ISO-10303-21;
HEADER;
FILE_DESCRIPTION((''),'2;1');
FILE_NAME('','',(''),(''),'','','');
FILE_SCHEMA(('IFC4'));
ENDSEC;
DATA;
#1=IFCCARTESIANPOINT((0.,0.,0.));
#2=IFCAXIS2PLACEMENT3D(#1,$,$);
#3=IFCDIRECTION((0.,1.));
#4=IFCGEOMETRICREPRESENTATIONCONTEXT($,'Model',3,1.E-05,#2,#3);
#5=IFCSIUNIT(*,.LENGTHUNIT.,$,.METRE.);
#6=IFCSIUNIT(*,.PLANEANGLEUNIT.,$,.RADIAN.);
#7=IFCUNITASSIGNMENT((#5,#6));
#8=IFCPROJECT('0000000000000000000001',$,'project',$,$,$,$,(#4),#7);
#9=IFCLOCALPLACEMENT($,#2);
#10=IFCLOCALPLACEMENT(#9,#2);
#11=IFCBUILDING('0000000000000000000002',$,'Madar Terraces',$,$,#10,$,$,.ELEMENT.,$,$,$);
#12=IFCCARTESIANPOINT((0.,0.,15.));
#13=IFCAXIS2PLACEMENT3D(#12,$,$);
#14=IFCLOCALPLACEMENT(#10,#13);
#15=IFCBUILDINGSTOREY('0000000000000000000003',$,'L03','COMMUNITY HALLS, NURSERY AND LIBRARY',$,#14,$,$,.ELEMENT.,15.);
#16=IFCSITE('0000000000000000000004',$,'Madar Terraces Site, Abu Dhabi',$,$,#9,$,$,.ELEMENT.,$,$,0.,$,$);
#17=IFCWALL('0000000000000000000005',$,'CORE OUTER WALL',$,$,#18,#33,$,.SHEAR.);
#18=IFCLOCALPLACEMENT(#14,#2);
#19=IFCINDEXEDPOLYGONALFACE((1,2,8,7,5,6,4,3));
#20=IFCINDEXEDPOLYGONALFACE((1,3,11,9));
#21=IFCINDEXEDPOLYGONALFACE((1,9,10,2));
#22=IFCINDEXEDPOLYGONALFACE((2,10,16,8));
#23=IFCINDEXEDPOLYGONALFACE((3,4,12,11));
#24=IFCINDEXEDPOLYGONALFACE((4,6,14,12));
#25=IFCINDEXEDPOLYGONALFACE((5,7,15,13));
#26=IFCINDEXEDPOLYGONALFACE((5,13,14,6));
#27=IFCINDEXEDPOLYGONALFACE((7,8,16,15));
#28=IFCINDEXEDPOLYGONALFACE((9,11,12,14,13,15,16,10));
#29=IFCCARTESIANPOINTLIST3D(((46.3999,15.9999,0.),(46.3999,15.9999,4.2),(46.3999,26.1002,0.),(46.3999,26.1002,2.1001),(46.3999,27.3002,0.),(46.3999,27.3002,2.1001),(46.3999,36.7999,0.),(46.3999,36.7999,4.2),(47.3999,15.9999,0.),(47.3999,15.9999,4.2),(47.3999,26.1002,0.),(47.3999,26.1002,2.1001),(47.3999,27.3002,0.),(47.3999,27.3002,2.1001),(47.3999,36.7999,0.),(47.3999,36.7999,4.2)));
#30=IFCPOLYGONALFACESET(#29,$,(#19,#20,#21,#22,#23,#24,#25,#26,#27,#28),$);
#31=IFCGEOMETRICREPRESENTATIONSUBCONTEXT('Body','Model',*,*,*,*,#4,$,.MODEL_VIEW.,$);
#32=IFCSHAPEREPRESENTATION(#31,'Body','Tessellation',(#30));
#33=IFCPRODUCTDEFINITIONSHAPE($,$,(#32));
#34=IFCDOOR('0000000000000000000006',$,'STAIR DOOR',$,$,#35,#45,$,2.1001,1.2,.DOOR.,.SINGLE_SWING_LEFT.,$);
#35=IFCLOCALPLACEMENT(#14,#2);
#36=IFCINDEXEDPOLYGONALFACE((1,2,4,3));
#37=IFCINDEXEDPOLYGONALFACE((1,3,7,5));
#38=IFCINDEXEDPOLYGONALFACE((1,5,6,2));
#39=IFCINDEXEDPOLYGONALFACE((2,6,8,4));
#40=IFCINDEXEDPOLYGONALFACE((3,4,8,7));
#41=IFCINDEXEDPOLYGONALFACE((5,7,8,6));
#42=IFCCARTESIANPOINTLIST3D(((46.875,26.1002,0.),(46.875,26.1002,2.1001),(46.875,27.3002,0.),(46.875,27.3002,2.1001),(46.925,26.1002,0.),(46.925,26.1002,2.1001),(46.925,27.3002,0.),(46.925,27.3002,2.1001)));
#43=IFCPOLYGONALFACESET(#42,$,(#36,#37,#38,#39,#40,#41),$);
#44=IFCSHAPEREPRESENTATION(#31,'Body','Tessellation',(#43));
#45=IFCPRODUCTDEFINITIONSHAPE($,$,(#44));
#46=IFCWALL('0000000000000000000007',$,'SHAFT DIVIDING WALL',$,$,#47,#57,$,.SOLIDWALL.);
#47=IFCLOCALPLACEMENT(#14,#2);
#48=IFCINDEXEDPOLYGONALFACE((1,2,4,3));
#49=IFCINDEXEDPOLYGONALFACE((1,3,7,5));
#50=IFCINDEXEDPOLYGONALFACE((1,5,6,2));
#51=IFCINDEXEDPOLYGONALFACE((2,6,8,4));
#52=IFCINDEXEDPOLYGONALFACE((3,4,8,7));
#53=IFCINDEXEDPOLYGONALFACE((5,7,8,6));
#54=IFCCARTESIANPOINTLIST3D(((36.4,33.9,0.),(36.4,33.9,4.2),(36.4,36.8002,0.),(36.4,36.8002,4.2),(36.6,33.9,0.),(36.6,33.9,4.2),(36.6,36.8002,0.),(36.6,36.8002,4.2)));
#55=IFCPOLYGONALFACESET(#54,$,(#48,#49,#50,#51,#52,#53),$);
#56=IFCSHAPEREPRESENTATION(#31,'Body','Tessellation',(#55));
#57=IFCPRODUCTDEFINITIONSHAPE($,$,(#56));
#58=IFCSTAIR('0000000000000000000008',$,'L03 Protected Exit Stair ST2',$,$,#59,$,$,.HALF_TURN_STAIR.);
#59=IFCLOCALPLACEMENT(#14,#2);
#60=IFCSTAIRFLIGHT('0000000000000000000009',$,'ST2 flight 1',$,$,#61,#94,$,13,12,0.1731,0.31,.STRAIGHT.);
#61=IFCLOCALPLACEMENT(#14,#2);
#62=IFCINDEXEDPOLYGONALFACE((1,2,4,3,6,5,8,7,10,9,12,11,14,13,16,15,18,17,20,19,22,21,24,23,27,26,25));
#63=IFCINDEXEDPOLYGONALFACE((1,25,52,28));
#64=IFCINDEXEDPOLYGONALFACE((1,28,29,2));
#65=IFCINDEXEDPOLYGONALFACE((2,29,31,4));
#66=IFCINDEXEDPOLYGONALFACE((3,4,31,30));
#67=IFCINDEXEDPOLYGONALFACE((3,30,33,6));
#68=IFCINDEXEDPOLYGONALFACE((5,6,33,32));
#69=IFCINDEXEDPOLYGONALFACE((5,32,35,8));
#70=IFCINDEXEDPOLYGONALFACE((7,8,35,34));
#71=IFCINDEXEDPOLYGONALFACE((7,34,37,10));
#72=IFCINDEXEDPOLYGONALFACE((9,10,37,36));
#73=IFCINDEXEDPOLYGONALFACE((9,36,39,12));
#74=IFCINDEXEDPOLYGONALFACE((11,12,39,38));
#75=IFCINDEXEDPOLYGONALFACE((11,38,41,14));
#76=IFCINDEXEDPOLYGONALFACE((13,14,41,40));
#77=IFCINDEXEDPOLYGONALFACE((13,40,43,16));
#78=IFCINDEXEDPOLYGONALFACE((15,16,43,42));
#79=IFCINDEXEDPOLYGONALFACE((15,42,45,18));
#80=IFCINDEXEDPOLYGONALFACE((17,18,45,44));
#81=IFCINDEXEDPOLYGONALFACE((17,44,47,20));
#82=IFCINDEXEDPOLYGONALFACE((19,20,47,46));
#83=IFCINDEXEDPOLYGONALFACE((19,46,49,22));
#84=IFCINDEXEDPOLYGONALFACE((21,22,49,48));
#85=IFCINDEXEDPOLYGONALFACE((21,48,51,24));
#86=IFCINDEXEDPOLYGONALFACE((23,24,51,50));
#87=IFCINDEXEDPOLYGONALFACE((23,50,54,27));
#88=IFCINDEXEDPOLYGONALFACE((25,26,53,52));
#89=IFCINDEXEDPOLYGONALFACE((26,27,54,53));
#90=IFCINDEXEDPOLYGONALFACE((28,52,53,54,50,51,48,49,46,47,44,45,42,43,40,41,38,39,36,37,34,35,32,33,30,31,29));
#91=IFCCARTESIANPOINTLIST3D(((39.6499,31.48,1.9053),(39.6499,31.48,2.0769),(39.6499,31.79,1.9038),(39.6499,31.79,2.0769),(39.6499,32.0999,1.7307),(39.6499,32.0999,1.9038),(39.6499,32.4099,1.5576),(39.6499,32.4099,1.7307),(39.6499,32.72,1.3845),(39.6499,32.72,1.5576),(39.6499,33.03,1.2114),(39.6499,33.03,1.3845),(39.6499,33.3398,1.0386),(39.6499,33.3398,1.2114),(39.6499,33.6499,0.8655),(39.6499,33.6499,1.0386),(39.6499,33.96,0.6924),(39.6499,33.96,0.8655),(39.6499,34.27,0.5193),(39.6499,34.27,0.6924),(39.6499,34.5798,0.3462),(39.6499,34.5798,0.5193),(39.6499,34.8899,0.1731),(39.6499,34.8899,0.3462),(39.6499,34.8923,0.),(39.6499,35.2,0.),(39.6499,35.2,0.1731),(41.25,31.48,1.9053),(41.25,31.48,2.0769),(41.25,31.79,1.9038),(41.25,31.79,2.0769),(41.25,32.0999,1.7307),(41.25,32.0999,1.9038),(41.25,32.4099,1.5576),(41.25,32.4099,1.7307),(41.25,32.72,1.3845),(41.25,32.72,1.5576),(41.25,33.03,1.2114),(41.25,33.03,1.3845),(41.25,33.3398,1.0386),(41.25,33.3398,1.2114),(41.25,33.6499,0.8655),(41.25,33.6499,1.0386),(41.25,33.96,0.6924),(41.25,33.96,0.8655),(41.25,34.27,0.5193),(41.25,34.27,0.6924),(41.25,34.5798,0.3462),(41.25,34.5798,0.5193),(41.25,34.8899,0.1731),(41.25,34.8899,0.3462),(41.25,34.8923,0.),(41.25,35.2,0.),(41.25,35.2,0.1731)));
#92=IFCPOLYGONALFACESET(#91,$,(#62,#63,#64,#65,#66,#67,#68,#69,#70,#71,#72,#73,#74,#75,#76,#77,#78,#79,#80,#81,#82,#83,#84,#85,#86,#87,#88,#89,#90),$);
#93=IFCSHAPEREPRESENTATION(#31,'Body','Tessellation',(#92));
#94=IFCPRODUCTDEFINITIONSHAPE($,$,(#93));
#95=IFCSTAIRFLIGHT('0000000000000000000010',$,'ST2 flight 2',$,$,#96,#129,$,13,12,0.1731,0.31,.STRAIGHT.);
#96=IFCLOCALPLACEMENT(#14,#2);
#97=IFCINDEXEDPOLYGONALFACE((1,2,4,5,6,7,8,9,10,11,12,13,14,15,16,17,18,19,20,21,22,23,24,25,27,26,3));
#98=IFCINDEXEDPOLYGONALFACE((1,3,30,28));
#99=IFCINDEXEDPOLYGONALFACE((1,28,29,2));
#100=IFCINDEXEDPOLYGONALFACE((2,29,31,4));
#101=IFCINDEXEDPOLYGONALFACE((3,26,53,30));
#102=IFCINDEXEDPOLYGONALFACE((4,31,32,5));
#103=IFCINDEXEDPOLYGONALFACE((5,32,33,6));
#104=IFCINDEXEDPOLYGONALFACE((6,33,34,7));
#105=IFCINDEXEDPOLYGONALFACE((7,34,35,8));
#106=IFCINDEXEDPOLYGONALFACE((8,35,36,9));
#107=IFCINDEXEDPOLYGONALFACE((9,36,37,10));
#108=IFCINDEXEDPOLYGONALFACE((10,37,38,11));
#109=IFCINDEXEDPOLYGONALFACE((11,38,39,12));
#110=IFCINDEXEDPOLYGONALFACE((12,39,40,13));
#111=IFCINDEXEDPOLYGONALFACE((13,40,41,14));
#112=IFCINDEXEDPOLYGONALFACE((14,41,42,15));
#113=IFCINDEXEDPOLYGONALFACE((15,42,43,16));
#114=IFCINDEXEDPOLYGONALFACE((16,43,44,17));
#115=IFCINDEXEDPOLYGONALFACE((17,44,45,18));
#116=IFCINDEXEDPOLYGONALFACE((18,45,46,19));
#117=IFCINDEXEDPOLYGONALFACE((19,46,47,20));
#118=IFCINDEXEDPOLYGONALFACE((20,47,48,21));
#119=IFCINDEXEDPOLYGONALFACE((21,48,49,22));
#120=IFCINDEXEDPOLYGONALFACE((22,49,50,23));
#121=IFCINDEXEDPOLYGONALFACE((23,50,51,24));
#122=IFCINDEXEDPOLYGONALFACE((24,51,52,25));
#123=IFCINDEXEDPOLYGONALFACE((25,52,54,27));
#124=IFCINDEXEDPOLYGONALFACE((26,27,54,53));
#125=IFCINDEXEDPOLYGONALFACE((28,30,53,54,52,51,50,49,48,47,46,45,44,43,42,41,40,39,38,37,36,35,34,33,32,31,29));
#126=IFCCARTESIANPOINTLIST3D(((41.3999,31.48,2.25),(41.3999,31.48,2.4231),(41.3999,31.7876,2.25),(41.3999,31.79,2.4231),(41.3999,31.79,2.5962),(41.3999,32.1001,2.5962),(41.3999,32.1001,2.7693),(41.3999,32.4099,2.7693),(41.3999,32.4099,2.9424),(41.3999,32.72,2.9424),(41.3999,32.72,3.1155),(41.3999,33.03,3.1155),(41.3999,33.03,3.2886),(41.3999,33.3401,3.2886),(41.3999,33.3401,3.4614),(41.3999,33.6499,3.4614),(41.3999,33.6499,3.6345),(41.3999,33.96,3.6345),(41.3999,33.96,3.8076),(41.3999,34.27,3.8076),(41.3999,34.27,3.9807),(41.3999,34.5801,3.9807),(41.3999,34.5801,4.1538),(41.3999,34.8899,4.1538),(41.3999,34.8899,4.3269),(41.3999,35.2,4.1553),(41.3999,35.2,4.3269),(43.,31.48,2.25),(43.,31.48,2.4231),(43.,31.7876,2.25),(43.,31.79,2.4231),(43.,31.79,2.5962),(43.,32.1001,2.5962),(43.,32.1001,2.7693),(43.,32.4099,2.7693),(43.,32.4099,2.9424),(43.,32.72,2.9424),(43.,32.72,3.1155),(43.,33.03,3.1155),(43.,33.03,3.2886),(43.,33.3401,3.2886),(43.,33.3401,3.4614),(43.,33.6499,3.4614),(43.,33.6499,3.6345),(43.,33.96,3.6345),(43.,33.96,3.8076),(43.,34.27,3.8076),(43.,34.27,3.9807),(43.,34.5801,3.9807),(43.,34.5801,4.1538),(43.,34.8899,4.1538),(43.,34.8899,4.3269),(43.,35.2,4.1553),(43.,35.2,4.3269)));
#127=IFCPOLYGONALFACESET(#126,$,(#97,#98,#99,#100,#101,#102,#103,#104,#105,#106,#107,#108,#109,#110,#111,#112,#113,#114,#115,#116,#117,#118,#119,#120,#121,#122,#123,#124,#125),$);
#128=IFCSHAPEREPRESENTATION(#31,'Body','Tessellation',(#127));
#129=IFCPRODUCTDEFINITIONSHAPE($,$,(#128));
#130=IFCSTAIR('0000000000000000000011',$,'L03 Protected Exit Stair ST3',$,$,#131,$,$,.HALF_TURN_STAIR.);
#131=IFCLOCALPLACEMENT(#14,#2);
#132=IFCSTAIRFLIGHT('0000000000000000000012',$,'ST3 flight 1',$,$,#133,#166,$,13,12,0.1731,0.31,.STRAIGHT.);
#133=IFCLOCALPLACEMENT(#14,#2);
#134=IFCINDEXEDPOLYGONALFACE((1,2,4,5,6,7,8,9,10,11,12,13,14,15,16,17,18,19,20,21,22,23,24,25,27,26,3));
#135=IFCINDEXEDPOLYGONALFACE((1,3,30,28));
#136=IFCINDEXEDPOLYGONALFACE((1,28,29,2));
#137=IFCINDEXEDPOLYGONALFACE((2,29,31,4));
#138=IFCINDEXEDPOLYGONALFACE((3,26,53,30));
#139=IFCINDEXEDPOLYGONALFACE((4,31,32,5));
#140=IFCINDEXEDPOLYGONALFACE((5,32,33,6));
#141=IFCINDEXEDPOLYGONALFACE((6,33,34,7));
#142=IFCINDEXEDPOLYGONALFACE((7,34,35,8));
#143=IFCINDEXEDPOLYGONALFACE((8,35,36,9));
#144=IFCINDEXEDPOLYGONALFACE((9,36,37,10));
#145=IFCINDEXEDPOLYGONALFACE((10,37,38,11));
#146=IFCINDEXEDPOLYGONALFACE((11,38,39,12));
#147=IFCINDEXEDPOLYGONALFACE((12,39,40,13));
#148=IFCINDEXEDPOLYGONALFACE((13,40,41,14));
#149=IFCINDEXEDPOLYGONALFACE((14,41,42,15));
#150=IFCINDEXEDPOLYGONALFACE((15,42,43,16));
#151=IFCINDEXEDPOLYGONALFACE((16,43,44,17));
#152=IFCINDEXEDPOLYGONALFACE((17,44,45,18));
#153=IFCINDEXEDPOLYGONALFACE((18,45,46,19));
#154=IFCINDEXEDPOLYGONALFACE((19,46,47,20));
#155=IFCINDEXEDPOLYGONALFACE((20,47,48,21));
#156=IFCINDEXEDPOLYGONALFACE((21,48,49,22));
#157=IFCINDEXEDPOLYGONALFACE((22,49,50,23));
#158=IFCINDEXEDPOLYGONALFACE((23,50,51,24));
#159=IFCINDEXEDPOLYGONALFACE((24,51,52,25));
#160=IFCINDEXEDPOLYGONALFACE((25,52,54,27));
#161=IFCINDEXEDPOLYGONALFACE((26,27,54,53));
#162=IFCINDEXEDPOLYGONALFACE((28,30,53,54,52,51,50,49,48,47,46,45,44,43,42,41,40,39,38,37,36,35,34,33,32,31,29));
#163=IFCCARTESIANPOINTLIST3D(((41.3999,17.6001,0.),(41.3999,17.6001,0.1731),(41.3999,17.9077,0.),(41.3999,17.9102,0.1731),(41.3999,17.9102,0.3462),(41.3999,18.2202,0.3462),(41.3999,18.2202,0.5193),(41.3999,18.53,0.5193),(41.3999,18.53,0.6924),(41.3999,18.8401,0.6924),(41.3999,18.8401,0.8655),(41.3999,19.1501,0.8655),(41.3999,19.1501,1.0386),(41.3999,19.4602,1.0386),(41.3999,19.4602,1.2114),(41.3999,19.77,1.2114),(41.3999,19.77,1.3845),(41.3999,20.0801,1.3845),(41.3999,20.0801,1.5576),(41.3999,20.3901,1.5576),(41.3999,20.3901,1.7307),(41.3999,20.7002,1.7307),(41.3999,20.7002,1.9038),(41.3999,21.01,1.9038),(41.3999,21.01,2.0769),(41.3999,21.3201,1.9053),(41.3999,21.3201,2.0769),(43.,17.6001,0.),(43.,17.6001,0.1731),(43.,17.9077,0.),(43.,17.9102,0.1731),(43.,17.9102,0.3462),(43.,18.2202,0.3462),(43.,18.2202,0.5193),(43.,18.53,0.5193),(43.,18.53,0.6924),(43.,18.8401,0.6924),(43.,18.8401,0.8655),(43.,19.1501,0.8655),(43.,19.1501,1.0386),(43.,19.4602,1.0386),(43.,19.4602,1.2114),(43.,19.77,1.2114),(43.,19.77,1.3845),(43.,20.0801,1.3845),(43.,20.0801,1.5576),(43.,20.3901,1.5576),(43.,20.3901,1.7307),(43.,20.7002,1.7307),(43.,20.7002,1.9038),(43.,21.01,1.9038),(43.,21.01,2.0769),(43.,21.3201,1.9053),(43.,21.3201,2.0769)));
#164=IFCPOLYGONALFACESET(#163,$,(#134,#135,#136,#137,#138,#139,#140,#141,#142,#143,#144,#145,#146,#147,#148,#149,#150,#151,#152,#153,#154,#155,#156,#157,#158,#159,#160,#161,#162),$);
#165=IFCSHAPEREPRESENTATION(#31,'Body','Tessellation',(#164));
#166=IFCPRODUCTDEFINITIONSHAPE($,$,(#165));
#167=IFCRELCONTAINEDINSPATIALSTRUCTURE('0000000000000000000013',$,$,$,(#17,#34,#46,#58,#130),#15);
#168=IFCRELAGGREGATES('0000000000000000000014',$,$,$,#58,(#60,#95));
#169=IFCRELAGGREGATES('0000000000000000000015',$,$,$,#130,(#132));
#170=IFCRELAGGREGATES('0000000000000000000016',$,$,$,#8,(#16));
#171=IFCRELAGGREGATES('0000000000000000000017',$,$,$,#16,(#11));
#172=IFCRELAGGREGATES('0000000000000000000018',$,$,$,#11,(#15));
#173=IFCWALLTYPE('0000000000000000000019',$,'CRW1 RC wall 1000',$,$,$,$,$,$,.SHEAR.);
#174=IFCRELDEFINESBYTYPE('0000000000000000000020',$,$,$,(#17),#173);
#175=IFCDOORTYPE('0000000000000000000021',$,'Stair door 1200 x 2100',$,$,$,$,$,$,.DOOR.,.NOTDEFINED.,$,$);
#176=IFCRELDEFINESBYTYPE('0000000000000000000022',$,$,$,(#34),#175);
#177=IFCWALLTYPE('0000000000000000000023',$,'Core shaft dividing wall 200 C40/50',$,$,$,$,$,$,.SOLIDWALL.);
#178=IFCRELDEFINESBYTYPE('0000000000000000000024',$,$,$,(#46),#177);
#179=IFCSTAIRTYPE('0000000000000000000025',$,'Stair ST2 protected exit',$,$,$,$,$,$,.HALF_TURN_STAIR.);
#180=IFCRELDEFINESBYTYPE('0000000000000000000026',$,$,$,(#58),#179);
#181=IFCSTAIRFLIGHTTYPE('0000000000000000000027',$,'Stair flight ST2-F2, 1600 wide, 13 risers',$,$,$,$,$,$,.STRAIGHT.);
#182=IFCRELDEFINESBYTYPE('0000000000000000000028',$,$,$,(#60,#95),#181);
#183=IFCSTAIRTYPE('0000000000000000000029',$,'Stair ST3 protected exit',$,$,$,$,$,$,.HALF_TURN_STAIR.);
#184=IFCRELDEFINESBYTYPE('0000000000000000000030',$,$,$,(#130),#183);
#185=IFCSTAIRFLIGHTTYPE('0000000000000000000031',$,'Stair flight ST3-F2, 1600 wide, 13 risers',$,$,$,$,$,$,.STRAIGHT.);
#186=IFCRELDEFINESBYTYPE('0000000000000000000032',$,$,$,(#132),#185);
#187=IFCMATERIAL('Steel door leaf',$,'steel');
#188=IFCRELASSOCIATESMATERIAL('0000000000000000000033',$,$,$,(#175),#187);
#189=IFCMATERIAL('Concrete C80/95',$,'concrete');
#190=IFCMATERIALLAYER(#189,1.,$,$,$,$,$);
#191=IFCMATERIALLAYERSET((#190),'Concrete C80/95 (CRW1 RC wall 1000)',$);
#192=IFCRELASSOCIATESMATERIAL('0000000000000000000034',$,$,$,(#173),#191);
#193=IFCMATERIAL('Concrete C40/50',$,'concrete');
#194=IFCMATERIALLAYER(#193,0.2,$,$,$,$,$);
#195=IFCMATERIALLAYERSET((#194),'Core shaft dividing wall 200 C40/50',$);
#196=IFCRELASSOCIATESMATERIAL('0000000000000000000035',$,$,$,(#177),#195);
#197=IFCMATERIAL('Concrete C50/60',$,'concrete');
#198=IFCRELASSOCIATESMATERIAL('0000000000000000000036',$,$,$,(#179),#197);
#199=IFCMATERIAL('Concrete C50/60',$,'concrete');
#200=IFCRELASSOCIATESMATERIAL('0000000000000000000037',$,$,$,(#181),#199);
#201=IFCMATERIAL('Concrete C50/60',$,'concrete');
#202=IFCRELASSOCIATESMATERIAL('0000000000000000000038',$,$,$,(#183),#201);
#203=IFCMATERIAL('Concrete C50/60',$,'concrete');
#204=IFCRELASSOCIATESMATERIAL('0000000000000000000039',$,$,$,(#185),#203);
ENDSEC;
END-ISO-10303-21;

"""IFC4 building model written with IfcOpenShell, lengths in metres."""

from ifc_helpers import new_model, si_unit, direction, frame, frame_2d, origin, place, context, subcontext, project, spatial, polyline, rectangle, outline, extrude, material, layer, layer_set, type_object, element, fill, aggregate, save


model = new_model("IFC4")

# Units and contexts
model_context = context("Model", 3, precision=1e-05, world=origin(), true_north=direction((0.0, 1.0)))
body_context = subcontext(model_context, "Body", "Model", "MODEL_VIEW")
ifc_project = project(units=[si_unit("LENGTHUNIT", "METRE"), si_unit("PLANEANGLEUNIT", "RADIAN")], contexts=[model_context])

# Site, building, storey
site_placement = place(None, origin())
site = spatial("IfcSite", under=ifc_project, at=site_placement, Name="Madar Terraces Site, Abu Dhabi", CompositionType="ELEMENT", RefElevation=0.0)
building_placement = place(site_placement, origin())
building = spatial("IfcBuilding", under=site, at=building_placement, Name="Madar Terraces", CompositionType="ELEMENT")
storey_placement = place(building_placement, frame((0.0, 0.0, 15.0)))
storey = spatial("IfcBuildingStorey", under=building, at=storey_placement, Name="L03", Description="COMMUNITY HALLS, NURSERY AND LIBRARY", CompositionType="ELEMENT", Elevation=15.0)

# Shared definitions
ifc_material_1 = material(Name="Steel door leaf", Category="steel")
door_type_1 = type_object("IfcDoorType", Name="Stair door 1200 x 2100", OperationType="NOTDEFINED", PredefinedType="DOOR", material=ifc_material_1)

# Wall, opening, door
ifc_material_2 = material(Name="Concrete C80/95", Category="concrete")
ifc_layer_1 = layer(ifc_material_2, 1.0)
ifc_layer_set_1 = layer_set([ifc_layer_1], Name="Concrete C80/95 (CRW1 RC wall 1000)")
wall_type_1 = type_object("IfcWallType", Name="CRW1 RC wall 1000", PredefinedType="SHEAR", material=ifc_layer_set_1)
wall_1_placement = place(storey_placement, frame((46.8999, 16.0, 0.0), z_axis=(0.0, 0.0, 1.0), x_axis=(0.0, 1.0, 0.0)))
wall_1 = element("IfcWall", 1, at=wall_1_placement, inside=storey, type_object=wall_type_1, Name="CORE OUTER WALL", PredefinedType="SHEAR", context=body_context, shape_type="SweptSolid", body=[
    extrude(rectangle(XDim=20.8, YDim=1.0, at=frame_2d((10.3999, 0.0))), origin(), (0.0, 0.0, 1.0), 4.2),
])
opening_1_placement = place(wall_1_placement, frame((10.1001, 0.0, 0.0)))
opening_1 = element("IfcOpeningElement", 2, at=opening_1_placement, cuts=wall_1, PredefinedType="OPENING", context=body_context, shape_type="SweptSolid", body=[
    extrude(rectangle(XDim=1.2, YDim=2.1001, at=frame_2d((0.6001, 1.05))), frame((0.0, 0.51, 0.0), z_axis=(0.0, -1.0, 0.0), x_axis=(1.0, 0.0, 0.0)), (0.0, 0.0, 1.0), 1.02),
])
door_1_placement = place(opening_1_placement, origin())
door_1 = element("IfcDoor", 3, at=door_1_placement, inside=storey, type_object=door_type_1, Name="STAIR DOOR", OperationType="SINGLE_SWING_LEFT", OverallHeight=2.1001, OverallWidth=1.2, PredefinedType="DOOR", context=body_context, shape_type="SweptSolid", body=[
    extrude(rectangle(XDim=1.2, YDim=2.1001, at=frame_2d((0.6001, 1.05))), frame((0.0, 0.0249, 0.0), z_axis=(0.0, -1.0, 0.0), x_axis=(1.0, 0.0, 0.0)), (0.0, 0.0, 1.0), 0.05),
])
fill(opening_1, door_1)

# Wall
ifc_material_3 = material(Name="Concrete C40/50", Category="concrete")
ifc_layer_2 = layer(ifc_material_3, 0.2)
ifc_layer_set_2 = layer_set([ifc_layer_2], Name="Core shaft dividing wall 200 C40/50")
wall_type_2 = type_object("IfcWallType", Name="Core shaft dividing wall 200 C40/50", PredefinedType="SOLIDWALL", material=ifc_layer_set_2)
wall_2_placement = place(storey_placement, frame((36.5, 33.8999, 0.0), z_axis=(0.0, 0.0, 1.0), x_axis=(0.0, 1.0, 0.0)))
element("IfcWall", 4, at=wall_2_placement, inside=storey, type_object=wall_type_2, Name="SHAFT DIVIDING WALL", PredefinedType="SOLIDWALL", context=body_context, shape_type="SweptSolid", body=[
    extrude(rectangle(XDim=2.9001, YDim=0.2, at=frame_2d((1.4502, 0.0))), origin(), (0.0, 0.0, 1.0), 4.2),
])

# Stairs, stair flights
ifc_material_4 = material(Name="Concrete C50/60", Category="concrete")
stair_type_1 = type_object("IfcStairType", Name="Stair ST2 protected exit", PredefinedType="HALF_TURN_STAIR", material=ifc_material_4)
stair_1_placement = place(storey_placement, origin())
stair_1 = element("IfcStair", 5, at=stair_1_placement, inside=storey, type_object=stair_type_1, Name="L03 Protected Exit Stair ST2", PredefinedType="HALF_TURN_STAIR")
ifc_material_5 = material(Name="Concrete C50/60", Category="concrete")
stair_flight_type_1 = type_object("IfcStairFlightType", Name="Stair flight ST2-F2, 1600 wide, 13 risers", PredefinedType="STRAIGHT", material=ifc_material_5)
stair_flight_1_placement = place(storey_placement, frame((40.45, 35.2, 0.0), z_axis=(0.0, 0.0, 1.0), x_axis=(0.0, -1.0, 0.0)))
stair_flight_1 = element("IfcStairFlight", 6, at=stair_flight_1_placement, type_object=stair_flight_type_1, Name="ST2 flight 1", NumberOfRisers=13, NumberOfTreads=12, PredefinedType="STRAIGHT", RiserHeight=0.1731, TreadLength=0.31, context=body_context, shape_type="SweptSolid", body=[
    extrude(outline(polyline([(0.0, 0.0), (0.0, 0.1731), (0.3101, 0.1731), (0.3101, 0.3462), (0.6201, 0.3462), (0.6201, 0.5193), (0.9299, 0.5193), (0.9299, 0.6924), (1.24, 0.6924), (1.24, 0.8655), (1.55, 0.8655), (1.55, 1.0386), (1.8601, 1.0386), (1.8601, 1.2114), (2.1699, 1.2114), (2.1699, 1.3845), (2.48, 1.3845), (2.48, 1.5576), (2.79, 1.5576), (2.79, 1.7307), (3.1001, 1.7307), (3.1001, 1.9038), (3.4099, 1.9038), (3.4099, 2.0769), (3.72, 2.0769), (3.72, 2.25), (3.72, 1.9053), (0.3076, 0.0), (0.0, 0.0)])), frame((0.0, 0.8, 0.0), z_axis=(0.0, -1.0, 0.0), x_axis=(1.0, 0.0, 0.0)), (0.0, 0.0, 1.0), 1.6001),
])
stair_flight_2_placement = place(storey_placement, frame((42.2, 31.48, 2.25), z_axis=(0.0, 0.0, 1.0), x_axis=(0.0, 1.0, 0.0)))
stair_flight_2 = element("IfcStairFlight", 7, at=stair_flight_2_placement, type_object=stair_flight_type_1, Name="ST2 flight 2", NumberOfRisers=13, NumberOfTreads=12, PredefinedType="STRAIGHT", RiserHeight=0.1731, TreadLength=0.31, context=body_context, shape_type="SweptSolid", body=[
    extrude(outline(polyline([(0.0, 0.0), (0.0, 0.1731), (0.3101, 0.1731), (0.3101, 0.3462), (0.6201, 0.3462), (0.6201, 0.5193), (0.9299, 0.5193), (0.9299, 0.6924), (1.24, 0.6924), (1.24, 0.8655), (1.55, 0.8655), (1.55, 1.0386), (1.8601, 1.0386), (1.8601, 1.2114), (2.1699, 1.2114), (2.1699, 1.3845), (2.48, 1.3845), (2.48, 1.5576), (2.79, 1.5576), (2.79, 1.7307), (3.1001, 1.7307), (3.1001, 1.9038), (3.4099, 1.9038), (3.4099, 2.0769), (3.72, 2.0769), (3.72, 2.25), (3.72, 1.9053), (0.3076, 0.0), (0.0, 0.0)])), frame((0.0, 0.8, 0.0), z_axis=(0.0, -1.0, 0.0), x_axis=(1.0, 0.0, 0.0)), (0.0, 0.0, 1.0), 1.6001),
])
aggregate(stair_1, [stair_flight_1, stair_flight_2])
ifc_material_6 = material(Name="Concrete C50/60", Category="concrete")
stair_type_2 = type_object("IfcStairType", Name="Stair ST3 protected exit", PredefinedType="HALF_TURN_STAIR", material=ifc_material_6)
stair_2_placement = place(storey_placement, origin())
stair_2 = element("IfcStair", 8, at=stair_2_placement, inside=storey, type_object=stair_type_2, Name="L03 Protected Exit Stair ST3", PredefinedType="HALF_TURN_STAIR")
ifc_material_7 = material(Name="Concrete C50/60", Category="concrete")
stair_flight_type_2 = type_object("IfcStairFlightType", Name="Stair flight ST3-F2, 1600 wide, 13 risers", PredefinedType="STRAIGHT", material=ifc_material_7)
stair_flight_3_placement = place(storey_placement, frame((42.2, 17.6001, 0.0), z_axis=(0.0, 0.0, 1.0), x_axis=(0.0, 1.0, 0.0)))
stair_flight_3 = element("IfcStairFlight", 9, at=stair_flight_3_placement, type_object=stair_flight_type_2, Name="ST3 flight 1", NumberOfRisers=13, NumberOfTreads=12, PredefinedType="STRAIGHT", RiserHeight=0.1731, TreadLength=0.31, context=body_context, shape_type="SweptSolid", body=[
    extrude(outline(polyline([(0.0, 0.0), (0.0, 0.1731), (0.3101, 0.1731), (0.3101, 0.3462), (0.6201, 0.3462), (0.6201, 0.5193), (0.9299, 0.5193), (0.9299, 0.6924), (1.24, 0.6924), (1.24, 0.8655), (1.55, 0.8655), (1.55, 1.0386), (1.8601, 1.0386), (1.8601, 1.2114), (2.1699, 1.2114), (2.1699, 1.3845), (2.48, 1.3845), (2.48, 1.5576), (2.79, 1.5576), (2.79, 1.7307), (3.1001, 1.7307), (3.1001, 1.9038), (3.4099, 1.9038), (3.4099, 2.0769), (3.72, 2.0769), (3.72, 2.25), (3.72, 1.9053), (0.3076, 0.0), (0.0, 0.0)])), frame((0.0, 0.8, 0.0), z_axis=(0.0, -1.0, 0.0), x_axis=(1.0, 0.0, 0.0)), (0.0, 0.0, 1.0), 1.6001),
])
aggregate(stair_2, [stair_flight_3])

save(model, "model.ifc")
